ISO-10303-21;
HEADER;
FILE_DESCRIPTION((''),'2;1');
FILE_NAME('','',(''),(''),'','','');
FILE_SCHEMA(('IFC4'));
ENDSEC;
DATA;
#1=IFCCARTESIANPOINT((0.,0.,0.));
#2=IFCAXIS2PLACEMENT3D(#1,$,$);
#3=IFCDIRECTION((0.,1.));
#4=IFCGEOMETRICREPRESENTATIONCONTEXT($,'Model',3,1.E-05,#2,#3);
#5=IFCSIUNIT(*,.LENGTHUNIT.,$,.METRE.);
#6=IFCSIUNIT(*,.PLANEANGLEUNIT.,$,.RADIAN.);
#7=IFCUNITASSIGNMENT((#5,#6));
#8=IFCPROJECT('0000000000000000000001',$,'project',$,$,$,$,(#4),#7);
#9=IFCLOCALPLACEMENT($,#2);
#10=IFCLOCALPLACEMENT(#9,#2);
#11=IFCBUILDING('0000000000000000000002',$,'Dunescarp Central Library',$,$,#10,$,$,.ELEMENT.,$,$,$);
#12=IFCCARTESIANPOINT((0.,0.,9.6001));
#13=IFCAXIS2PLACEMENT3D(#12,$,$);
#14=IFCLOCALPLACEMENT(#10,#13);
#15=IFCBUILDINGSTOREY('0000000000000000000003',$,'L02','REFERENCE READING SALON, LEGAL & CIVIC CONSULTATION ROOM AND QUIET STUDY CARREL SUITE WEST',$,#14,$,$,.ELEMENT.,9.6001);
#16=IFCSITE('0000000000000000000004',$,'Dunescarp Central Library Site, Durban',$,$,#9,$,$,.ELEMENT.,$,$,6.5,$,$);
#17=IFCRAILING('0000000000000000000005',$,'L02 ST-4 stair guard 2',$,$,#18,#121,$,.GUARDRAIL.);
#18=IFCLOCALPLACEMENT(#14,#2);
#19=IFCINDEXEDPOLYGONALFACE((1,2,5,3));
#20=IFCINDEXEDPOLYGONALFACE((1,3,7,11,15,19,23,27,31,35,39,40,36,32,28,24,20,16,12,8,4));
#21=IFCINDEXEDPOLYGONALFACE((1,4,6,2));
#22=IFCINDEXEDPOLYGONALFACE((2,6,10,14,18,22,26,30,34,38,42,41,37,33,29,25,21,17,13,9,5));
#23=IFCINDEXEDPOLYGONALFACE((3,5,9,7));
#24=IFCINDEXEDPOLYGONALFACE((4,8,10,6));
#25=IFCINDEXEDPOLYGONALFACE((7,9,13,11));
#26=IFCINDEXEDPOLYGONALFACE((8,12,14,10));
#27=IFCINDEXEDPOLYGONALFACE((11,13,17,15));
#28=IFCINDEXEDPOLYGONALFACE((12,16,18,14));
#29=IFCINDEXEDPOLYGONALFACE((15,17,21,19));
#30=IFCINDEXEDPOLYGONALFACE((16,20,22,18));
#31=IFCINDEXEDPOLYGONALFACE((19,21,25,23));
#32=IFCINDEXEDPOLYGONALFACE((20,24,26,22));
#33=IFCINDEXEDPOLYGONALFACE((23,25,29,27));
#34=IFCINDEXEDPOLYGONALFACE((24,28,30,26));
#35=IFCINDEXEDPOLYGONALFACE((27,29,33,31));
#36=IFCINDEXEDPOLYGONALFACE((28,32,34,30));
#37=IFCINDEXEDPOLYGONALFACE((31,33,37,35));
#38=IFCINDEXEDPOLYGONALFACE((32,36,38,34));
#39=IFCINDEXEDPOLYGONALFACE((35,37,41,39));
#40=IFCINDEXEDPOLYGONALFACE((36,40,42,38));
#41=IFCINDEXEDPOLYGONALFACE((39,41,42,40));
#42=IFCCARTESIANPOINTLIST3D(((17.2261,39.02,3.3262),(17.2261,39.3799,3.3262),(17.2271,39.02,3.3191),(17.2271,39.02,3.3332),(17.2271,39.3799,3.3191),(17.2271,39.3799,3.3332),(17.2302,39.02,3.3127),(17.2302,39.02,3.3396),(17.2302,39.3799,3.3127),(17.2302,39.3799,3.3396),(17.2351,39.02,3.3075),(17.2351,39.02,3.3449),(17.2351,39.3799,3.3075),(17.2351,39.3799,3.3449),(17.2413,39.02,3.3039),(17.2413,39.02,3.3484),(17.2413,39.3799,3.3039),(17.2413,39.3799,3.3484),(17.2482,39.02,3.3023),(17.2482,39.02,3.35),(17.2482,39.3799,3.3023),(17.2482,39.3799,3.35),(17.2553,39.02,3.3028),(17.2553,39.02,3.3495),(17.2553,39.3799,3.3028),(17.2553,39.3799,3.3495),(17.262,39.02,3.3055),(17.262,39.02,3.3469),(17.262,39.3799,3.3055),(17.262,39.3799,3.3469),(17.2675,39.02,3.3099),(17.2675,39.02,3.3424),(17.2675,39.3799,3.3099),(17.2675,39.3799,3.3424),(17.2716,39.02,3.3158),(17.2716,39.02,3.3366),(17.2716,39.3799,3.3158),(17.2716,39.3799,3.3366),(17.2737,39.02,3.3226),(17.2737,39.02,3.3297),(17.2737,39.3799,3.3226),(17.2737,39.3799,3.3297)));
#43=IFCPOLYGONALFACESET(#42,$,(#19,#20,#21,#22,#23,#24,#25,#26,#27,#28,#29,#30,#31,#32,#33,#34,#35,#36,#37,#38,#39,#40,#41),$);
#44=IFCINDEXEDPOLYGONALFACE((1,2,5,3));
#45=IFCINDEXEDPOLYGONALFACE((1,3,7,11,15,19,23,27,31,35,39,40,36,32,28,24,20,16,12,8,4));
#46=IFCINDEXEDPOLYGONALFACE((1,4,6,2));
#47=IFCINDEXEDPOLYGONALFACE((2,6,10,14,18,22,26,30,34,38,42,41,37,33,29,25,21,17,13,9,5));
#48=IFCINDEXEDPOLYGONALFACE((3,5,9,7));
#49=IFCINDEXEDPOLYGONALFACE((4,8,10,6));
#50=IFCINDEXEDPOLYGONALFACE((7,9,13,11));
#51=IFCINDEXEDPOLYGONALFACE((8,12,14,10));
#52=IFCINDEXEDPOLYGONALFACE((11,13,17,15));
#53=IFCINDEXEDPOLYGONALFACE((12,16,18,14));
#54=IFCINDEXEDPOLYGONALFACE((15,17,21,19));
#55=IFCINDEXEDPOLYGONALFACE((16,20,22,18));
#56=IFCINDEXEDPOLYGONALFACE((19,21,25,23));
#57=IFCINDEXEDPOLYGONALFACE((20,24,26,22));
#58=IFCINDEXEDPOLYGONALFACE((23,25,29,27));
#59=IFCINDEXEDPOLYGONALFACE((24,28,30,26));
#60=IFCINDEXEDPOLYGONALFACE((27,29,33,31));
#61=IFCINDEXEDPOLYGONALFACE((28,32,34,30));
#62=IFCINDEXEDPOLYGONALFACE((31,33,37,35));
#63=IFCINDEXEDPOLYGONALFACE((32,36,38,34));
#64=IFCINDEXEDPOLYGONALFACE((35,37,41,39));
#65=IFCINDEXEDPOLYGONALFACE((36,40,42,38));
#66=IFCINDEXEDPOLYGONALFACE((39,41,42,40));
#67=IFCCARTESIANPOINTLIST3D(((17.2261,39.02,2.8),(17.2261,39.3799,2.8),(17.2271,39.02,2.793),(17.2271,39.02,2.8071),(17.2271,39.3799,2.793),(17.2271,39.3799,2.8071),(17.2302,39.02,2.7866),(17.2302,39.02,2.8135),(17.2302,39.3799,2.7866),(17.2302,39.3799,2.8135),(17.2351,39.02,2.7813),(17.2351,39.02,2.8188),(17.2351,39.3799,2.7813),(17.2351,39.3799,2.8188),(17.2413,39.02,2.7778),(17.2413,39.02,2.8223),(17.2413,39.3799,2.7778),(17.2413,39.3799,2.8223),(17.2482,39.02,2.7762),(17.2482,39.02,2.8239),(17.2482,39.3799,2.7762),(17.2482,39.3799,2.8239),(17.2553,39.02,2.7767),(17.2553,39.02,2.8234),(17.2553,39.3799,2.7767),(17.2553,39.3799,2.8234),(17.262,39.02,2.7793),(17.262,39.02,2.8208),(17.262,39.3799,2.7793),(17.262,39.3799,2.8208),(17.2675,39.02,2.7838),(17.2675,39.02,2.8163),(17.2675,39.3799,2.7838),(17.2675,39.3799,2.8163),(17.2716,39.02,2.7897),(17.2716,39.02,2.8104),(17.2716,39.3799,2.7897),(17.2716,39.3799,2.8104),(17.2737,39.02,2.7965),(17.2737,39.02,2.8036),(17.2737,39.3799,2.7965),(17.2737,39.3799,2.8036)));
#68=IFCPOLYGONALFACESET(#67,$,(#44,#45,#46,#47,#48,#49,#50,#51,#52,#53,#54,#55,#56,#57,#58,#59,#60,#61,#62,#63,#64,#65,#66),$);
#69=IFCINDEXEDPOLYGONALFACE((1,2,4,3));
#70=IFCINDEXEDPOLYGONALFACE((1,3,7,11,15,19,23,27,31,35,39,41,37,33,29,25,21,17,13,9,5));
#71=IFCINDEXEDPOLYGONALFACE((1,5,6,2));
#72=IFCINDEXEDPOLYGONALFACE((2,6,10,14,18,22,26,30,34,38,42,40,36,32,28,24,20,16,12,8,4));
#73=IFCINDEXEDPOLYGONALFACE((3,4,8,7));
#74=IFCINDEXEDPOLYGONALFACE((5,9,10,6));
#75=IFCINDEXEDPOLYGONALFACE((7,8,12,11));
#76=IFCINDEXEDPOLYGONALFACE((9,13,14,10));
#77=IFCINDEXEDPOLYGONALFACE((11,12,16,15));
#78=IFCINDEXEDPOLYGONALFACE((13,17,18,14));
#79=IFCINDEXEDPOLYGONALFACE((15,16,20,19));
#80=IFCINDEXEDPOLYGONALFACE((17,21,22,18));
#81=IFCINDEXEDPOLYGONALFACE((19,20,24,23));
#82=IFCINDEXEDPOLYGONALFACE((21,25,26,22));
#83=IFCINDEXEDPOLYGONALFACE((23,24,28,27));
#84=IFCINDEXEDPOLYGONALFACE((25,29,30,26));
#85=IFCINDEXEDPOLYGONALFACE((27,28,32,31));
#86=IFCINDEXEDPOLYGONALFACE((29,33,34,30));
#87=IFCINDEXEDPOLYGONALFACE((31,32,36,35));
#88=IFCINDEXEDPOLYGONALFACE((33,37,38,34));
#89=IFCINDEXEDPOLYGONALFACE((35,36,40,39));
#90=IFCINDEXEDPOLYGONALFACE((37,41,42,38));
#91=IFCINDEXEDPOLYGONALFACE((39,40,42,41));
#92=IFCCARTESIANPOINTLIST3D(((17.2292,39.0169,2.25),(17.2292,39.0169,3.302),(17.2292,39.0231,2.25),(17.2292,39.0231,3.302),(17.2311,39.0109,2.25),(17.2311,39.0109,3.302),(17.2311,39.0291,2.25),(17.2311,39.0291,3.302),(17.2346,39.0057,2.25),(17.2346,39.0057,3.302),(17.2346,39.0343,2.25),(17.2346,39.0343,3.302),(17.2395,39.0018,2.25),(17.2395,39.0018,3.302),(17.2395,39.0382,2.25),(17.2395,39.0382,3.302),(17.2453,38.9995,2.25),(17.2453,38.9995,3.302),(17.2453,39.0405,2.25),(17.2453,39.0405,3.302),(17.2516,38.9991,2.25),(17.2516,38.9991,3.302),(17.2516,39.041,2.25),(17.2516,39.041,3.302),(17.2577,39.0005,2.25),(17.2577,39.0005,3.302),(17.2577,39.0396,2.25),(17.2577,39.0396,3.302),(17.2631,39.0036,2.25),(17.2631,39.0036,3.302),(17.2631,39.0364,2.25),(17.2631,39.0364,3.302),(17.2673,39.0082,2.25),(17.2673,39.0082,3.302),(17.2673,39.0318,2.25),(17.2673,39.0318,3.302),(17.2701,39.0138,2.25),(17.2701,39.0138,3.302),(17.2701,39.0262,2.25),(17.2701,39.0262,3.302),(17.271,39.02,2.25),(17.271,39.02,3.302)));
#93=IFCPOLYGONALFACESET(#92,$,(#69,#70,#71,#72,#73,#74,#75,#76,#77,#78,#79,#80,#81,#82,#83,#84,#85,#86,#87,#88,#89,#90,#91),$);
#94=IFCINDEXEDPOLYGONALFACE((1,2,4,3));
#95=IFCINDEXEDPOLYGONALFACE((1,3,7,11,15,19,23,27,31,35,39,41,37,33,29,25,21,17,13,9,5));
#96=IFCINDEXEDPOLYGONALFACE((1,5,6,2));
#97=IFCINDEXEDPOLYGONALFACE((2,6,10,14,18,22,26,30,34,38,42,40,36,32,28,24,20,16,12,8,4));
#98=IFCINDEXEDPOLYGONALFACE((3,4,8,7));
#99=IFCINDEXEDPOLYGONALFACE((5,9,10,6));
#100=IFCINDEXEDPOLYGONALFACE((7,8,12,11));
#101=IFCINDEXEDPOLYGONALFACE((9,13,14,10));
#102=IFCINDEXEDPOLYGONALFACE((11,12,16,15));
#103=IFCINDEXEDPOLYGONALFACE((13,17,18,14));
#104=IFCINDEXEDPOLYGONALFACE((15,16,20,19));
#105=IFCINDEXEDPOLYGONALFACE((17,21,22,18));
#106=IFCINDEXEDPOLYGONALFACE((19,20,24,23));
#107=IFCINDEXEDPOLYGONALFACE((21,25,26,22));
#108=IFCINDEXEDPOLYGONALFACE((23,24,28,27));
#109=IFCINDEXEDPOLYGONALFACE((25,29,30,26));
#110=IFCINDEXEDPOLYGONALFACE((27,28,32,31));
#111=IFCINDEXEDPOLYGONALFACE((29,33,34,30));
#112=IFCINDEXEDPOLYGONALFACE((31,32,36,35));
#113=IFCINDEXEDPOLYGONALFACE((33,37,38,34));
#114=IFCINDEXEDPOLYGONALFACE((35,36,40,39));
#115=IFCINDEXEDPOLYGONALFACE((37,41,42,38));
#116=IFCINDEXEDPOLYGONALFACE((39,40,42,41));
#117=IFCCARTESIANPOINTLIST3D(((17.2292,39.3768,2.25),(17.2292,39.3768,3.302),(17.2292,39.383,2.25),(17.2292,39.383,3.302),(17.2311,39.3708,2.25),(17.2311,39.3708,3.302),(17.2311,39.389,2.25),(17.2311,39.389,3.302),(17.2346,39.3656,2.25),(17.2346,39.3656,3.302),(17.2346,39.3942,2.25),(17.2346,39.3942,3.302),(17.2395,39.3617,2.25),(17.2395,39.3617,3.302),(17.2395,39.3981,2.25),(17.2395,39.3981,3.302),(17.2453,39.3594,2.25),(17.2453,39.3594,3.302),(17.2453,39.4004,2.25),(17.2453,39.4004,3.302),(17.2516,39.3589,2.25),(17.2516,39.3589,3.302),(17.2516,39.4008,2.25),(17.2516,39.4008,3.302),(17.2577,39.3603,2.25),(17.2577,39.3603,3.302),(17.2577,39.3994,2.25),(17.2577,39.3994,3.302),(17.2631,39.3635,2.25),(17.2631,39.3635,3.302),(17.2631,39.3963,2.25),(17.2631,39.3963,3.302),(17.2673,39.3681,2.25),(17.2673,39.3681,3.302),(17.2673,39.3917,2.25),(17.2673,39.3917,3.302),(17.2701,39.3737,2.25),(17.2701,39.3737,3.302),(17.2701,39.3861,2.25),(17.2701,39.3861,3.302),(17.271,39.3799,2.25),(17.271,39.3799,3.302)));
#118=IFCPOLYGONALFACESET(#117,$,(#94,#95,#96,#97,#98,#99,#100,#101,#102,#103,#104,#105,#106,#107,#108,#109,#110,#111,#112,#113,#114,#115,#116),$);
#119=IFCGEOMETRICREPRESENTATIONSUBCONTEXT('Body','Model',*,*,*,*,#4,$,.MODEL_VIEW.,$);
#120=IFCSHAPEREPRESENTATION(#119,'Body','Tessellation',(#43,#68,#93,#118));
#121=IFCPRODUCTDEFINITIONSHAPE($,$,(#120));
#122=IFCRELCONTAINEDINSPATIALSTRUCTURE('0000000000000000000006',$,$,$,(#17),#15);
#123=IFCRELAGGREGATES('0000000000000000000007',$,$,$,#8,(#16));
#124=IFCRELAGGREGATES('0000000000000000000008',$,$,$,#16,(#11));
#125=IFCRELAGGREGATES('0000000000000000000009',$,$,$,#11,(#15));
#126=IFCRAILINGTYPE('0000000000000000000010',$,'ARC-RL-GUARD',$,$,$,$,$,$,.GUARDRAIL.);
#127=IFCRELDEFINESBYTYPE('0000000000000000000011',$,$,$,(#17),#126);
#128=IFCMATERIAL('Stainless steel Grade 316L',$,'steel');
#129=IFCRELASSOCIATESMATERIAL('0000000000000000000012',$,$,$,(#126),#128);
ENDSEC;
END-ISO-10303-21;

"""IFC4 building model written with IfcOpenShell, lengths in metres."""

from ifc_helpers import new_model, si_unit, direction, frame, origin, origin_2d, place, context, subcontext, project, spatial, circle, extrude, material, type_object, element, save


model = new_model("IFC4")

# Units and contexts
model_context = context("Model", 3, precision=1e-05, world=origin(), true_north=direction((0.0, 1.0)))
body_context = subcontext(model_context, "Body", "Model", "MODEL_VIEW")
ifc_project = project(units=[si_unit("LENGTHUNIT", "METRE"), si_unit("PLANEANGLEUNIT", "RADIAN")], contexts=[model_context])

# Site, building, storey
site_placement = place(None, origin())
site = spatial("IfcSite", under=ifc_project, at=site_placement, Name="Dunescarp Central Library Site, Durban", CompositionType="ELEMENT", RefElevation=6.5)
building_placement = place(site_placement, origin())
building = spatial("IfcBuilding", under=site, at=building_placement, Name="Dunescarp Central Library", CompositionType="ELEMENT")
storey_placement = place(building_placement, frame((0.0, 0.0, 9.6001)))
storey = spatial("IfcBuildingStorey", under=building, at=storey_placement, Name="L02", Description="REFERENCE READING SALON, LEGAL & CIVIC CONSULTATION ROOM AND QUIET STUDY CARREL SUITE WEST", CompositionType="ELEMENT", Elevation=9.6001)

# Railing
ifc_material_1 = material(Name="Stainless steel Grade 316L", Category="steel")
railing_type_1 = type_object("IfcRailingType", Name="ARC-RL-GUARD", PredefinedType="GUARDRAIL", material=ifc_material_1)
railing_1_placement = place(storey_placement, frame((17.25, 39.02, 2.25)))
element("IfcRailing", 1, at=railing_1_placement, inside=storey, type_object=railing_type_1, Name="L02 ST-4 stair guard 2", PredefinedType="GUARDRAIL", context=body_context, shape_type="SweptSolid", body=[
    extrude(circle(Radius=0.0239, at=origin_2d()), frame((0.0, 0.0, 1.0762), z_axis=(0.0, 1.0, 0.0), x_axis=(-1.0, 0.0, 0.0)), (0.0, 0.0, 1.0), 0.3599),
    extrude(circle(Radius=0.0239, at=origin_2d()), frame((0.0, 0.0, 0.55), z_axis=(0.0, 1.0, 0.0), x_axis=(-1.0, 0.0, 0.0)), (0.0, 0.0, 1.0), 0.3599),
    extrude(circle(Radius=0.021, at=origin_2d()), origin(), (0.0, 0.0, 1.0), 1.052),
    extrude(circle(Radius=0.021, at=origin_2d()), frame((0.0, 0.3599, 0.0)), (0.0, 0.0, 1.0), 1.052),
])

save(model, "model.ifc")
